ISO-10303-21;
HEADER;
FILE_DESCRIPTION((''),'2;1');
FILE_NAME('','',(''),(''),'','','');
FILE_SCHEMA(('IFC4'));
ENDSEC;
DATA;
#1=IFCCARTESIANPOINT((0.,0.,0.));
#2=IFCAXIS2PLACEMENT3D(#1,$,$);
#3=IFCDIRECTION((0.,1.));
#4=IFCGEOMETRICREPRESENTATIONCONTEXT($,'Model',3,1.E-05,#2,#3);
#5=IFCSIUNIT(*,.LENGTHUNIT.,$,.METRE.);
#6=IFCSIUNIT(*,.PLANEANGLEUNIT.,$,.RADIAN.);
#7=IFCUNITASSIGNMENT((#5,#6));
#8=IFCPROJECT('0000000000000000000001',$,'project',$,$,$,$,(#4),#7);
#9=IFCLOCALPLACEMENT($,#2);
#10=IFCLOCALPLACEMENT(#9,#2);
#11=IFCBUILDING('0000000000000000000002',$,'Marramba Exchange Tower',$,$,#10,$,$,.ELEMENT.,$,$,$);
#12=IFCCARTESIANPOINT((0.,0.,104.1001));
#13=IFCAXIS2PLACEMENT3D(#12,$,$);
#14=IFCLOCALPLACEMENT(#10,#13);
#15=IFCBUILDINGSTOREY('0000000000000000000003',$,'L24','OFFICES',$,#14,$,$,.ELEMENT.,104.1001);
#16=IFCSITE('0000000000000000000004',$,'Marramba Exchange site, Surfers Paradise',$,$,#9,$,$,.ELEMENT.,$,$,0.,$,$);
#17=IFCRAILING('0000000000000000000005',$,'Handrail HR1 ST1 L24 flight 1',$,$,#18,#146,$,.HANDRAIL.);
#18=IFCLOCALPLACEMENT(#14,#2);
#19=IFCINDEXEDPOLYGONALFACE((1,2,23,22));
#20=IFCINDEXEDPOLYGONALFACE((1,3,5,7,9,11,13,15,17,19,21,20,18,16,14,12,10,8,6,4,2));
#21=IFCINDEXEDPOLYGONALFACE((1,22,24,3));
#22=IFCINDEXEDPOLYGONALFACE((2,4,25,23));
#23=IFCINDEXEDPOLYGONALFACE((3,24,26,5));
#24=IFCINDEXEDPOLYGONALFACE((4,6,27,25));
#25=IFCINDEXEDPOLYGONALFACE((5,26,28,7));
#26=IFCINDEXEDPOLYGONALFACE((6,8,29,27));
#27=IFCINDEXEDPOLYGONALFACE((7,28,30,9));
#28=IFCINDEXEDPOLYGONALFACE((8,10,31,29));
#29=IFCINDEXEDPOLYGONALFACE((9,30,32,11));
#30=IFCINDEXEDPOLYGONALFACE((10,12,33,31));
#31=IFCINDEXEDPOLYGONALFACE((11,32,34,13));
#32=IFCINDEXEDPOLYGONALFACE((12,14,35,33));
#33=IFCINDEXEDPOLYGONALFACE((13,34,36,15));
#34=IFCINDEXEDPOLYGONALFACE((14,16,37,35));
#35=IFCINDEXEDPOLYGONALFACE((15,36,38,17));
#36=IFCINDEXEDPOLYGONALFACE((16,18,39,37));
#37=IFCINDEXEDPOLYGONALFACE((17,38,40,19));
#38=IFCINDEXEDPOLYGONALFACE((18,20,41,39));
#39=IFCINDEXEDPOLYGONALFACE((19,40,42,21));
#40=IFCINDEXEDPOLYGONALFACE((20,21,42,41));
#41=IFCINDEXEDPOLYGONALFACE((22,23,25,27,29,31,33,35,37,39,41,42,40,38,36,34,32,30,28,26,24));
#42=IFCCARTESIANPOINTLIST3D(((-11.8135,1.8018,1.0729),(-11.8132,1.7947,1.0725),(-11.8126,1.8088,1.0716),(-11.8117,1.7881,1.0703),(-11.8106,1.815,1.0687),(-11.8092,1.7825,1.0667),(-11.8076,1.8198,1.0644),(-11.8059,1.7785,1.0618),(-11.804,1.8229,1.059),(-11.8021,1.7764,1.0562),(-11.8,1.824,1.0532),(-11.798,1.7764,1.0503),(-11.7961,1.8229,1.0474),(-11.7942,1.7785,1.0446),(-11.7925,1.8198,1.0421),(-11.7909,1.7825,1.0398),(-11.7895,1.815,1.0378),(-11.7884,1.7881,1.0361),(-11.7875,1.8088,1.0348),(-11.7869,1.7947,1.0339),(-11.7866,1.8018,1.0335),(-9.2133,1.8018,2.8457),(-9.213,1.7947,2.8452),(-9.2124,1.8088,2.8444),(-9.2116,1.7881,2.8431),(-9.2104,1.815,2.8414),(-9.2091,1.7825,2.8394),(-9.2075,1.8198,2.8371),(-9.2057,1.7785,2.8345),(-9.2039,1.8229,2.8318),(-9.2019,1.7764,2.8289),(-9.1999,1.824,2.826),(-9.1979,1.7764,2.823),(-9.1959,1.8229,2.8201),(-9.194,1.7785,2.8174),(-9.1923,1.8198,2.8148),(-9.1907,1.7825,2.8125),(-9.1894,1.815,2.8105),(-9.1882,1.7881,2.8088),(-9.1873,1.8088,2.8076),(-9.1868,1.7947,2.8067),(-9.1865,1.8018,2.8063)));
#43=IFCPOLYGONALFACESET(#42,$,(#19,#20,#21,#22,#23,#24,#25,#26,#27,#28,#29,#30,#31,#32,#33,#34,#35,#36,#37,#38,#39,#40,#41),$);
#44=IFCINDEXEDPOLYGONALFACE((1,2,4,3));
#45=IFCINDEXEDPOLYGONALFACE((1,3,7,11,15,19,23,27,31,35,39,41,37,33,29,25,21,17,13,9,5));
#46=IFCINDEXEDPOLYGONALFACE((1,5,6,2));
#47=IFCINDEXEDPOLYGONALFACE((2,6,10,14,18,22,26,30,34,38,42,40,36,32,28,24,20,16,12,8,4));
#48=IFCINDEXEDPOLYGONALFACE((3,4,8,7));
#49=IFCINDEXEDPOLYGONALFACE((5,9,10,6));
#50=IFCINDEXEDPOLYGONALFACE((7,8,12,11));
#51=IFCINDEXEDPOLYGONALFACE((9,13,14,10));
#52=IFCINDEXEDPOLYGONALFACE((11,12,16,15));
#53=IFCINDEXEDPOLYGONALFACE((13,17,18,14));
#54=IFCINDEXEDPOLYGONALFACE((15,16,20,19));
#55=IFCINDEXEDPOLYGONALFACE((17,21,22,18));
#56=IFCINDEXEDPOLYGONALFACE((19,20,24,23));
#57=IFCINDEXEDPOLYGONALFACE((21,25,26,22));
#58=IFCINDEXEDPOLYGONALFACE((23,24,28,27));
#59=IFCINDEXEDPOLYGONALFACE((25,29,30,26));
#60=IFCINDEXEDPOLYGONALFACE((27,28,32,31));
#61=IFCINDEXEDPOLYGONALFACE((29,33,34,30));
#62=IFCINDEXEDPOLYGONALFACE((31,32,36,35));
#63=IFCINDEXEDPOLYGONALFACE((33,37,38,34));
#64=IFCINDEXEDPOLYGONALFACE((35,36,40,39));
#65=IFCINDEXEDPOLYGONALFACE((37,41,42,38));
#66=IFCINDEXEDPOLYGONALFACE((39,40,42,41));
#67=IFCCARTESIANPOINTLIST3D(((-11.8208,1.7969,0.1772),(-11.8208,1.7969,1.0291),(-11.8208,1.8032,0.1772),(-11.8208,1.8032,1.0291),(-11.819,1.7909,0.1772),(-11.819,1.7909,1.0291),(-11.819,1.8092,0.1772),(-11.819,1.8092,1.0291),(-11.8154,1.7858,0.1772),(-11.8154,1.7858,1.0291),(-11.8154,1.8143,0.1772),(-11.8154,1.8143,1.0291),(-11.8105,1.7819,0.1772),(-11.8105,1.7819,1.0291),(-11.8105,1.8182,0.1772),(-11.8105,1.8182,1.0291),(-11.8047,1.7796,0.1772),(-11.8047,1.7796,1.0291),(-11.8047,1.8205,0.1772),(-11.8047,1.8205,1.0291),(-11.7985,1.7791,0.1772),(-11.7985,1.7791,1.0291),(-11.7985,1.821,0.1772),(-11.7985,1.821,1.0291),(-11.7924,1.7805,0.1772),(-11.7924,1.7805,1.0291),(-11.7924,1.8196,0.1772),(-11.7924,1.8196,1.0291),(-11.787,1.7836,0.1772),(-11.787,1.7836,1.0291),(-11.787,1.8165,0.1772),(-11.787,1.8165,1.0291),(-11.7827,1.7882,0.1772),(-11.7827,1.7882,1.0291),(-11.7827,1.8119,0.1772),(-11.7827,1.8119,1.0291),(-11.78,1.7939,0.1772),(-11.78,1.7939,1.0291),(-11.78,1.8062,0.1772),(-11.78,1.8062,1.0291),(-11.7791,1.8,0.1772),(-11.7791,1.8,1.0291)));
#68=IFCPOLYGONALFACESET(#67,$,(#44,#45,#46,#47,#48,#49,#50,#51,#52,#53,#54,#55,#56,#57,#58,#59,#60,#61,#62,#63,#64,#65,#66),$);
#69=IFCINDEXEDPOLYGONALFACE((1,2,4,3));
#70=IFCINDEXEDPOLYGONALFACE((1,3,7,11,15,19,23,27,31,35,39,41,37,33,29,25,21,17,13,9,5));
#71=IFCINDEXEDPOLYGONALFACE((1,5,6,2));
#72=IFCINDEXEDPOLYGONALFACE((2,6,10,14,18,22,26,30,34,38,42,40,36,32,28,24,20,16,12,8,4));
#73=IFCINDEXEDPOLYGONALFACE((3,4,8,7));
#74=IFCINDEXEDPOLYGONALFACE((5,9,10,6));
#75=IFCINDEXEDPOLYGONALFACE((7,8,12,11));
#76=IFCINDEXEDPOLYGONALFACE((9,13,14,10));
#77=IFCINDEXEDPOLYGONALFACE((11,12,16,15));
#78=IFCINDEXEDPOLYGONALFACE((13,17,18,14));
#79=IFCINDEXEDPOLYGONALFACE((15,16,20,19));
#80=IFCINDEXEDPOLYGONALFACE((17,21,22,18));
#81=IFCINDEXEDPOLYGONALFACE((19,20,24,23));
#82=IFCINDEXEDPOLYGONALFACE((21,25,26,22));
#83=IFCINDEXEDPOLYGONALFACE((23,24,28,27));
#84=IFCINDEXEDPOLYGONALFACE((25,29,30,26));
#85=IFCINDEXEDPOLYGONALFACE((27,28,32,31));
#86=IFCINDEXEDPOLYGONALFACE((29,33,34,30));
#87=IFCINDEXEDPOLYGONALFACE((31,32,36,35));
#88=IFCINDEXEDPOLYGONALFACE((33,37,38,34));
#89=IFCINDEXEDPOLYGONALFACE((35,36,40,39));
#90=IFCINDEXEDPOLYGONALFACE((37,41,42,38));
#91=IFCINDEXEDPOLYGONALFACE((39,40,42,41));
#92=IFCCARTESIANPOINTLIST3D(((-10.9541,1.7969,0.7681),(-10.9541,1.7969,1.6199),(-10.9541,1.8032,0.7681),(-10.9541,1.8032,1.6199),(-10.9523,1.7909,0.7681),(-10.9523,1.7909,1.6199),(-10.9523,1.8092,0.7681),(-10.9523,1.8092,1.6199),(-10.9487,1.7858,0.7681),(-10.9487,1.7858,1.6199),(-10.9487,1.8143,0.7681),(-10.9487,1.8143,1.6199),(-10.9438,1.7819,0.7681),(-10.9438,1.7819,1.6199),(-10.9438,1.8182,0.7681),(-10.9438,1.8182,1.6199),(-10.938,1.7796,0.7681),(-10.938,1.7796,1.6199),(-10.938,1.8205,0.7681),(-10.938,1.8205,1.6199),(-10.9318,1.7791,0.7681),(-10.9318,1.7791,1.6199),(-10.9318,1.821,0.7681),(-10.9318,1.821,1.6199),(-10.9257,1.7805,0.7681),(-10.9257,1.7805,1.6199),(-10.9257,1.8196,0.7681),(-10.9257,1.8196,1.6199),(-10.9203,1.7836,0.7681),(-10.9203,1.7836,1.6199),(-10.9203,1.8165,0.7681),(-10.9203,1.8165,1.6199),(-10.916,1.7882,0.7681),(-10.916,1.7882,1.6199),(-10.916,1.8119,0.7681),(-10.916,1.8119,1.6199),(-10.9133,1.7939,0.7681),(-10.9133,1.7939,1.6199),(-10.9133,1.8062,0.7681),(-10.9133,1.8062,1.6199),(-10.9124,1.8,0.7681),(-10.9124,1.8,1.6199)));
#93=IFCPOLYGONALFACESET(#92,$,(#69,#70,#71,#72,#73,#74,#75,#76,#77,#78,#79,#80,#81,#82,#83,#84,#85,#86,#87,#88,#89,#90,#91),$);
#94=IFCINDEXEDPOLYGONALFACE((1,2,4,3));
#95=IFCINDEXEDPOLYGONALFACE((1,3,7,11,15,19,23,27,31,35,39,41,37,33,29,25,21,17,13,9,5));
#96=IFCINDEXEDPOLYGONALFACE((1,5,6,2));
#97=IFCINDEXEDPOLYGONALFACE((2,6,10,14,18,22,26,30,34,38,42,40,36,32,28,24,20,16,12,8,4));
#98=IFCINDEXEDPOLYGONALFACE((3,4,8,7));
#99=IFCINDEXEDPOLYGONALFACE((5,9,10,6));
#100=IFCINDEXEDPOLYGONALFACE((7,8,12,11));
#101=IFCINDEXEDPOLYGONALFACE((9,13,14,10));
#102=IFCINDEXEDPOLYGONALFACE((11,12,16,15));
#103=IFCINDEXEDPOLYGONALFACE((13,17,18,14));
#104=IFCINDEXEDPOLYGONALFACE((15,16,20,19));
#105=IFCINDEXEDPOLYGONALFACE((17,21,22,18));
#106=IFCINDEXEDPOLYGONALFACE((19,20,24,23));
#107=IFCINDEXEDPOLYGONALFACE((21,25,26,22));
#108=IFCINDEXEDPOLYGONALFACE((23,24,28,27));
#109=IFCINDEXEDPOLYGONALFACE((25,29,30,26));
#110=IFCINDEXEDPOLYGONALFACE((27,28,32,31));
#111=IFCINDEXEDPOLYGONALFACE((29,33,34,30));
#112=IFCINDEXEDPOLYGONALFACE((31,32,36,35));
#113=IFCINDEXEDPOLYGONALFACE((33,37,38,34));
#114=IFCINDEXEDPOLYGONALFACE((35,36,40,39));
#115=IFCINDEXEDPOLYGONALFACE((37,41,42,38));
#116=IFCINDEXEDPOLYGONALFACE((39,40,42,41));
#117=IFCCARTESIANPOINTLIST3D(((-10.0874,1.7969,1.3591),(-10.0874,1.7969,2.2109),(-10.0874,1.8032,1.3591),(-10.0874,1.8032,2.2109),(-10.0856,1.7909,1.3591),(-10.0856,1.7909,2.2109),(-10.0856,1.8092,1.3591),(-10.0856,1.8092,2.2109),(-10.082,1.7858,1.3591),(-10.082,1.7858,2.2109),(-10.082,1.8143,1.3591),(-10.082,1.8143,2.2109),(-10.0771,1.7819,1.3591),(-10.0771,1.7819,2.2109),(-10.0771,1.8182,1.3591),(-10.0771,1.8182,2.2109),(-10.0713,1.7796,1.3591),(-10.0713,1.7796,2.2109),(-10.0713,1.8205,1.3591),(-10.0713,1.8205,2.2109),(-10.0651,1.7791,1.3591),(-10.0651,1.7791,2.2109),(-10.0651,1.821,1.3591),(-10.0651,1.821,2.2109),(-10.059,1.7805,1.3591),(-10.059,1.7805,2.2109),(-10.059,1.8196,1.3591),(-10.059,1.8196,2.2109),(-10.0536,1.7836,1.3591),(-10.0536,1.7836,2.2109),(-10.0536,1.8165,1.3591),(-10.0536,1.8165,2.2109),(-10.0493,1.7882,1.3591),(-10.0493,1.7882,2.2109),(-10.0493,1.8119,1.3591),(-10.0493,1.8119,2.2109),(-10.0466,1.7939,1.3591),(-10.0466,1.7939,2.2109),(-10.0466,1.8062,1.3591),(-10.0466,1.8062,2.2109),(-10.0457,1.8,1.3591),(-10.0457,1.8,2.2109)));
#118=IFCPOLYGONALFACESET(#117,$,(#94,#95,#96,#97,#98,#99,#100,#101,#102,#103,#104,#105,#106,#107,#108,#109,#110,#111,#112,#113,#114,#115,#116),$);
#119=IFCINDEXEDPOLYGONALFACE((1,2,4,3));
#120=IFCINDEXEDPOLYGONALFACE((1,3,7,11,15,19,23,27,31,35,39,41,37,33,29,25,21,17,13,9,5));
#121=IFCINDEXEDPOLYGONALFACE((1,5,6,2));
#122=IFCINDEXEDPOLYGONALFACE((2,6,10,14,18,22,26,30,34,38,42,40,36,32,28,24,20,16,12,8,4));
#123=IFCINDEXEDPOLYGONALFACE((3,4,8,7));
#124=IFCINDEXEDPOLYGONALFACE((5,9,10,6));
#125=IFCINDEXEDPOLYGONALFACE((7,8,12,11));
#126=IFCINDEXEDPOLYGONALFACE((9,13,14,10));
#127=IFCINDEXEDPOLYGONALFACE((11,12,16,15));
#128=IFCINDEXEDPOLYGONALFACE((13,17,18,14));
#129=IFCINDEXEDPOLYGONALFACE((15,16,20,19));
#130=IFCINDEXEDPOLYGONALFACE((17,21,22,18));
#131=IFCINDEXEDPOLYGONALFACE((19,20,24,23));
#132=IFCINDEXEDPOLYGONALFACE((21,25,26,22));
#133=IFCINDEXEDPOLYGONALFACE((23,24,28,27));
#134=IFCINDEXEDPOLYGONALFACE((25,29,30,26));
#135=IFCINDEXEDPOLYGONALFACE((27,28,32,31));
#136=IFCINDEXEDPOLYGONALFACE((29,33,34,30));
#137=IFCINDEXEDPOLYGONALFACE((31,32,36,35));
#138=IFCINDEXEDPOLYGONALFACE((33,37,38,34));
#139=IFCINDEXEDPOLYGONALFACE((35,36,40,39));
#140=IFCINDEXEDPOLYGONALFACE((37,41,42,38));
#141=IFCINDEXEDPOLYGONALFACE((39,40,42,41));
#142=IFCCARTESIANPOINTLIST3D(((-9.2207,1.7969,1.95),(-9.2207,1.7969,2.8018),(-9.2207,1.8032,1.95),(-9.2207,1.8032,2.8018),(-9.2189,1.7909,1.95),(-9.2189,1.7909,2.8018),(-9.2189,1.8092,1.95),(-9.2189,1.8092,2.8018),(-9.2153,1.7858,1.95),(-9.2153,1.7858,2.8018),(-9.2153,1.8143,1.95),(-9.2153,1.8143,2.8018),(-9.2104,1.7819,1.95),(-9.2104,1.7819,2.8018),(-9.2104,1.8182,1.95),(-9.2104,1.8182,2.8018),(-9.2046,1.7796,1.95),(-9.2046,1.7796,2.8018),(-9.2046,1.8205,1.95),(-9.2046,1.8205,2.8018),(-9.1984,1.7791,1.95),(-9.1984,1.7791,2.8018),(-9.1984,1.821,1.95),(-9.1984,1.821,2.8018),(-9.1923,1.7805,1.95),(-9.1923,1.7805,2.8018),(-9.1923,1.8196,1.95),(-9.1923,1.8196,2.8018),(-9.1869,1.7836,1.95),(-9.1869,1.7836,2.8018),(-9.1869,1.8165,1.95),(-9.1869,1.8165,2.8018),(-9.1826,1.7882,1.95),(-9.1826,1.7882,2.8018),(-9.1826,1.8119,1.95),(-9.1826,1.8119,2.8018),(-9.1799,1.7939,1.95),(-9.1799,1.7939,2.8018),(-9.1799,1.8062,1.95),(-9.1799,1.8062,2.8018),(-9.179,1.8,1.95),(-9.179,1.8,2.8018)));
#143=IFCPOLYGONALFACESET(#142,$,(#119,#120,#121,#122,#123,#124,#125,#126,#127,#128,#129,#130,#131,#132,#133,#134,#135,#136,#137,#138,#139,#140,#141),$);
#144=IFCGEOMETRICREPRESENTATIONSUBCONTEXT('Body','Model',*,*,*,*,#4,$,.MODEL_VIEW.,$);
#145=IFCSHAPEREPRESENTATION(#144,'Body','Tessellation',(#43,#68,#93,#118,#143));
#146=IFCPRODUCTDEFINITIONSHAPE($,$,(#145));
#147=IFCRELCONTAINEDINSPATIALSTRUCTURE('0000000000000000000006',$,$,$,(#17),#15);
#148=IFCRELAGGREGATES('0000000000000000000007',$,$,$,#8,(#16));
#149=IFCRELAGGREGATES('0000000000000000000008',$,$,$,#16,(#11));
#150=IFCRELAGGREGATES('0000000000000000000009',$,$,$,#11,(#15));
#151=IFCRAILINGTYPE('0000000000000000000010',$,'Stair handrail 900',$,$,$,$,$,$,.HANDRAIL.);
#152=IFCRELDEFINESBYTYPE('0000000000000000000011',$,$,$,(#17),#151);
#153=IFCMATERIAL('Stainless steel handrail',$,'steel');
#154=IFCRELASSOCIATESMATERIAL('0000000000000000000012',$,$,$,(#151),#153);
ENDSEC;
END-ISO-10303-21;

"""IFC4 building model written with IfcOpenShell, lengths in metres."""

from ifc_helpers import new_model, si_unit, direction, frame, origin, origin_2d, place, context, subcontext, project, spatial, circle, extrude, material, type_object, element, save


model = new_model("IFC4")

# Units and contexts
model_context = context("Model", 3, precision=1e-05, world=origin(), true_north=direction((0.0, 1.0)))
body_context = subcontext(model_context, "Body", "Model", "MODEL_VIEW")
ifc_project = project(units=[si_unit("LENGTHUNIT", "METRE"), si_unit("PLANEANGLEUNIT", "RADIAN")], contexts=[model_context])

# Site, building, storey
site_placement = place(None, origin())
site = spatial("IfcSite", under=ifc_project, at=site_placement, Name="Marramba Exchange site, Surfers Paradise", CompositionType="ELEMENT", RefElevation=0.0)
building_placement = place(site_placement, origin())
building = spatial("IfcBuilding", under=site, at=building_placement, Name="Marramba Exchange Tower", CompositionType="ELEMENT")
storey_placement = place(building_placement, frame((0.0, 0.0, 104.1001)))
storey = spatial("IfcBuildingStorey", under=building, at=storey_placement, Name="L24", Description="OFFICES", CompositionType="ELEMENT", Elevation=104.1001)

# Railing
ifc_material_1 = material(Name="Stainless steel handrail", Category="steel")
railing_type = type_object("IfcRailingType", Name="Stair handrail 900", PredefinedType="HANDRAIL", material=ifc_material_1)
railing_placement = place(storey_placement, frame((-11.8, 1.8, 0.1772)))
element("IfcRailing", 1, at=railing_placement, inside=storey, type_object=railing_type, Name="Handrail HR1 ST1 L24 flight 1", PredefinedType="HANDRAIL", context=body_context, shape_type="SweptSolid", body=[
    extrude(circle(Radius=0.0239, at=origin_2d()), frame((0.0, 0.0, 0.876), z_axis=(0.82624, 0.0, 0.563318), x_axis=(0.0, 1.0, 0.0)), (0.0, 0.0, 1.0), 3.147),
    extrude(circle(Radius=0.021, at=origin_2d()), origin(), (0.0, 0.0, 1.0), 0.8518),
    extrude(circle(Radius=0.021, at=origin_2d()), frame((0.8667, 0.0, 0.5908)), (0.0, 0.0, 1.0), 0.8518),
    extrude(circle(Radius=0.021, at=origin_2d()), frame((1.7334, 0.0, 1.1819)), (0.0, 0.0, 1.0), 0.8518),
    extrude(circle(Radius=0.021, at=origin_2d()), frame((2.6001, 0.0, 1.7727)), (0.0, 0.0, 1.0), 0.8518),
])

save(model, "model.ifc")
